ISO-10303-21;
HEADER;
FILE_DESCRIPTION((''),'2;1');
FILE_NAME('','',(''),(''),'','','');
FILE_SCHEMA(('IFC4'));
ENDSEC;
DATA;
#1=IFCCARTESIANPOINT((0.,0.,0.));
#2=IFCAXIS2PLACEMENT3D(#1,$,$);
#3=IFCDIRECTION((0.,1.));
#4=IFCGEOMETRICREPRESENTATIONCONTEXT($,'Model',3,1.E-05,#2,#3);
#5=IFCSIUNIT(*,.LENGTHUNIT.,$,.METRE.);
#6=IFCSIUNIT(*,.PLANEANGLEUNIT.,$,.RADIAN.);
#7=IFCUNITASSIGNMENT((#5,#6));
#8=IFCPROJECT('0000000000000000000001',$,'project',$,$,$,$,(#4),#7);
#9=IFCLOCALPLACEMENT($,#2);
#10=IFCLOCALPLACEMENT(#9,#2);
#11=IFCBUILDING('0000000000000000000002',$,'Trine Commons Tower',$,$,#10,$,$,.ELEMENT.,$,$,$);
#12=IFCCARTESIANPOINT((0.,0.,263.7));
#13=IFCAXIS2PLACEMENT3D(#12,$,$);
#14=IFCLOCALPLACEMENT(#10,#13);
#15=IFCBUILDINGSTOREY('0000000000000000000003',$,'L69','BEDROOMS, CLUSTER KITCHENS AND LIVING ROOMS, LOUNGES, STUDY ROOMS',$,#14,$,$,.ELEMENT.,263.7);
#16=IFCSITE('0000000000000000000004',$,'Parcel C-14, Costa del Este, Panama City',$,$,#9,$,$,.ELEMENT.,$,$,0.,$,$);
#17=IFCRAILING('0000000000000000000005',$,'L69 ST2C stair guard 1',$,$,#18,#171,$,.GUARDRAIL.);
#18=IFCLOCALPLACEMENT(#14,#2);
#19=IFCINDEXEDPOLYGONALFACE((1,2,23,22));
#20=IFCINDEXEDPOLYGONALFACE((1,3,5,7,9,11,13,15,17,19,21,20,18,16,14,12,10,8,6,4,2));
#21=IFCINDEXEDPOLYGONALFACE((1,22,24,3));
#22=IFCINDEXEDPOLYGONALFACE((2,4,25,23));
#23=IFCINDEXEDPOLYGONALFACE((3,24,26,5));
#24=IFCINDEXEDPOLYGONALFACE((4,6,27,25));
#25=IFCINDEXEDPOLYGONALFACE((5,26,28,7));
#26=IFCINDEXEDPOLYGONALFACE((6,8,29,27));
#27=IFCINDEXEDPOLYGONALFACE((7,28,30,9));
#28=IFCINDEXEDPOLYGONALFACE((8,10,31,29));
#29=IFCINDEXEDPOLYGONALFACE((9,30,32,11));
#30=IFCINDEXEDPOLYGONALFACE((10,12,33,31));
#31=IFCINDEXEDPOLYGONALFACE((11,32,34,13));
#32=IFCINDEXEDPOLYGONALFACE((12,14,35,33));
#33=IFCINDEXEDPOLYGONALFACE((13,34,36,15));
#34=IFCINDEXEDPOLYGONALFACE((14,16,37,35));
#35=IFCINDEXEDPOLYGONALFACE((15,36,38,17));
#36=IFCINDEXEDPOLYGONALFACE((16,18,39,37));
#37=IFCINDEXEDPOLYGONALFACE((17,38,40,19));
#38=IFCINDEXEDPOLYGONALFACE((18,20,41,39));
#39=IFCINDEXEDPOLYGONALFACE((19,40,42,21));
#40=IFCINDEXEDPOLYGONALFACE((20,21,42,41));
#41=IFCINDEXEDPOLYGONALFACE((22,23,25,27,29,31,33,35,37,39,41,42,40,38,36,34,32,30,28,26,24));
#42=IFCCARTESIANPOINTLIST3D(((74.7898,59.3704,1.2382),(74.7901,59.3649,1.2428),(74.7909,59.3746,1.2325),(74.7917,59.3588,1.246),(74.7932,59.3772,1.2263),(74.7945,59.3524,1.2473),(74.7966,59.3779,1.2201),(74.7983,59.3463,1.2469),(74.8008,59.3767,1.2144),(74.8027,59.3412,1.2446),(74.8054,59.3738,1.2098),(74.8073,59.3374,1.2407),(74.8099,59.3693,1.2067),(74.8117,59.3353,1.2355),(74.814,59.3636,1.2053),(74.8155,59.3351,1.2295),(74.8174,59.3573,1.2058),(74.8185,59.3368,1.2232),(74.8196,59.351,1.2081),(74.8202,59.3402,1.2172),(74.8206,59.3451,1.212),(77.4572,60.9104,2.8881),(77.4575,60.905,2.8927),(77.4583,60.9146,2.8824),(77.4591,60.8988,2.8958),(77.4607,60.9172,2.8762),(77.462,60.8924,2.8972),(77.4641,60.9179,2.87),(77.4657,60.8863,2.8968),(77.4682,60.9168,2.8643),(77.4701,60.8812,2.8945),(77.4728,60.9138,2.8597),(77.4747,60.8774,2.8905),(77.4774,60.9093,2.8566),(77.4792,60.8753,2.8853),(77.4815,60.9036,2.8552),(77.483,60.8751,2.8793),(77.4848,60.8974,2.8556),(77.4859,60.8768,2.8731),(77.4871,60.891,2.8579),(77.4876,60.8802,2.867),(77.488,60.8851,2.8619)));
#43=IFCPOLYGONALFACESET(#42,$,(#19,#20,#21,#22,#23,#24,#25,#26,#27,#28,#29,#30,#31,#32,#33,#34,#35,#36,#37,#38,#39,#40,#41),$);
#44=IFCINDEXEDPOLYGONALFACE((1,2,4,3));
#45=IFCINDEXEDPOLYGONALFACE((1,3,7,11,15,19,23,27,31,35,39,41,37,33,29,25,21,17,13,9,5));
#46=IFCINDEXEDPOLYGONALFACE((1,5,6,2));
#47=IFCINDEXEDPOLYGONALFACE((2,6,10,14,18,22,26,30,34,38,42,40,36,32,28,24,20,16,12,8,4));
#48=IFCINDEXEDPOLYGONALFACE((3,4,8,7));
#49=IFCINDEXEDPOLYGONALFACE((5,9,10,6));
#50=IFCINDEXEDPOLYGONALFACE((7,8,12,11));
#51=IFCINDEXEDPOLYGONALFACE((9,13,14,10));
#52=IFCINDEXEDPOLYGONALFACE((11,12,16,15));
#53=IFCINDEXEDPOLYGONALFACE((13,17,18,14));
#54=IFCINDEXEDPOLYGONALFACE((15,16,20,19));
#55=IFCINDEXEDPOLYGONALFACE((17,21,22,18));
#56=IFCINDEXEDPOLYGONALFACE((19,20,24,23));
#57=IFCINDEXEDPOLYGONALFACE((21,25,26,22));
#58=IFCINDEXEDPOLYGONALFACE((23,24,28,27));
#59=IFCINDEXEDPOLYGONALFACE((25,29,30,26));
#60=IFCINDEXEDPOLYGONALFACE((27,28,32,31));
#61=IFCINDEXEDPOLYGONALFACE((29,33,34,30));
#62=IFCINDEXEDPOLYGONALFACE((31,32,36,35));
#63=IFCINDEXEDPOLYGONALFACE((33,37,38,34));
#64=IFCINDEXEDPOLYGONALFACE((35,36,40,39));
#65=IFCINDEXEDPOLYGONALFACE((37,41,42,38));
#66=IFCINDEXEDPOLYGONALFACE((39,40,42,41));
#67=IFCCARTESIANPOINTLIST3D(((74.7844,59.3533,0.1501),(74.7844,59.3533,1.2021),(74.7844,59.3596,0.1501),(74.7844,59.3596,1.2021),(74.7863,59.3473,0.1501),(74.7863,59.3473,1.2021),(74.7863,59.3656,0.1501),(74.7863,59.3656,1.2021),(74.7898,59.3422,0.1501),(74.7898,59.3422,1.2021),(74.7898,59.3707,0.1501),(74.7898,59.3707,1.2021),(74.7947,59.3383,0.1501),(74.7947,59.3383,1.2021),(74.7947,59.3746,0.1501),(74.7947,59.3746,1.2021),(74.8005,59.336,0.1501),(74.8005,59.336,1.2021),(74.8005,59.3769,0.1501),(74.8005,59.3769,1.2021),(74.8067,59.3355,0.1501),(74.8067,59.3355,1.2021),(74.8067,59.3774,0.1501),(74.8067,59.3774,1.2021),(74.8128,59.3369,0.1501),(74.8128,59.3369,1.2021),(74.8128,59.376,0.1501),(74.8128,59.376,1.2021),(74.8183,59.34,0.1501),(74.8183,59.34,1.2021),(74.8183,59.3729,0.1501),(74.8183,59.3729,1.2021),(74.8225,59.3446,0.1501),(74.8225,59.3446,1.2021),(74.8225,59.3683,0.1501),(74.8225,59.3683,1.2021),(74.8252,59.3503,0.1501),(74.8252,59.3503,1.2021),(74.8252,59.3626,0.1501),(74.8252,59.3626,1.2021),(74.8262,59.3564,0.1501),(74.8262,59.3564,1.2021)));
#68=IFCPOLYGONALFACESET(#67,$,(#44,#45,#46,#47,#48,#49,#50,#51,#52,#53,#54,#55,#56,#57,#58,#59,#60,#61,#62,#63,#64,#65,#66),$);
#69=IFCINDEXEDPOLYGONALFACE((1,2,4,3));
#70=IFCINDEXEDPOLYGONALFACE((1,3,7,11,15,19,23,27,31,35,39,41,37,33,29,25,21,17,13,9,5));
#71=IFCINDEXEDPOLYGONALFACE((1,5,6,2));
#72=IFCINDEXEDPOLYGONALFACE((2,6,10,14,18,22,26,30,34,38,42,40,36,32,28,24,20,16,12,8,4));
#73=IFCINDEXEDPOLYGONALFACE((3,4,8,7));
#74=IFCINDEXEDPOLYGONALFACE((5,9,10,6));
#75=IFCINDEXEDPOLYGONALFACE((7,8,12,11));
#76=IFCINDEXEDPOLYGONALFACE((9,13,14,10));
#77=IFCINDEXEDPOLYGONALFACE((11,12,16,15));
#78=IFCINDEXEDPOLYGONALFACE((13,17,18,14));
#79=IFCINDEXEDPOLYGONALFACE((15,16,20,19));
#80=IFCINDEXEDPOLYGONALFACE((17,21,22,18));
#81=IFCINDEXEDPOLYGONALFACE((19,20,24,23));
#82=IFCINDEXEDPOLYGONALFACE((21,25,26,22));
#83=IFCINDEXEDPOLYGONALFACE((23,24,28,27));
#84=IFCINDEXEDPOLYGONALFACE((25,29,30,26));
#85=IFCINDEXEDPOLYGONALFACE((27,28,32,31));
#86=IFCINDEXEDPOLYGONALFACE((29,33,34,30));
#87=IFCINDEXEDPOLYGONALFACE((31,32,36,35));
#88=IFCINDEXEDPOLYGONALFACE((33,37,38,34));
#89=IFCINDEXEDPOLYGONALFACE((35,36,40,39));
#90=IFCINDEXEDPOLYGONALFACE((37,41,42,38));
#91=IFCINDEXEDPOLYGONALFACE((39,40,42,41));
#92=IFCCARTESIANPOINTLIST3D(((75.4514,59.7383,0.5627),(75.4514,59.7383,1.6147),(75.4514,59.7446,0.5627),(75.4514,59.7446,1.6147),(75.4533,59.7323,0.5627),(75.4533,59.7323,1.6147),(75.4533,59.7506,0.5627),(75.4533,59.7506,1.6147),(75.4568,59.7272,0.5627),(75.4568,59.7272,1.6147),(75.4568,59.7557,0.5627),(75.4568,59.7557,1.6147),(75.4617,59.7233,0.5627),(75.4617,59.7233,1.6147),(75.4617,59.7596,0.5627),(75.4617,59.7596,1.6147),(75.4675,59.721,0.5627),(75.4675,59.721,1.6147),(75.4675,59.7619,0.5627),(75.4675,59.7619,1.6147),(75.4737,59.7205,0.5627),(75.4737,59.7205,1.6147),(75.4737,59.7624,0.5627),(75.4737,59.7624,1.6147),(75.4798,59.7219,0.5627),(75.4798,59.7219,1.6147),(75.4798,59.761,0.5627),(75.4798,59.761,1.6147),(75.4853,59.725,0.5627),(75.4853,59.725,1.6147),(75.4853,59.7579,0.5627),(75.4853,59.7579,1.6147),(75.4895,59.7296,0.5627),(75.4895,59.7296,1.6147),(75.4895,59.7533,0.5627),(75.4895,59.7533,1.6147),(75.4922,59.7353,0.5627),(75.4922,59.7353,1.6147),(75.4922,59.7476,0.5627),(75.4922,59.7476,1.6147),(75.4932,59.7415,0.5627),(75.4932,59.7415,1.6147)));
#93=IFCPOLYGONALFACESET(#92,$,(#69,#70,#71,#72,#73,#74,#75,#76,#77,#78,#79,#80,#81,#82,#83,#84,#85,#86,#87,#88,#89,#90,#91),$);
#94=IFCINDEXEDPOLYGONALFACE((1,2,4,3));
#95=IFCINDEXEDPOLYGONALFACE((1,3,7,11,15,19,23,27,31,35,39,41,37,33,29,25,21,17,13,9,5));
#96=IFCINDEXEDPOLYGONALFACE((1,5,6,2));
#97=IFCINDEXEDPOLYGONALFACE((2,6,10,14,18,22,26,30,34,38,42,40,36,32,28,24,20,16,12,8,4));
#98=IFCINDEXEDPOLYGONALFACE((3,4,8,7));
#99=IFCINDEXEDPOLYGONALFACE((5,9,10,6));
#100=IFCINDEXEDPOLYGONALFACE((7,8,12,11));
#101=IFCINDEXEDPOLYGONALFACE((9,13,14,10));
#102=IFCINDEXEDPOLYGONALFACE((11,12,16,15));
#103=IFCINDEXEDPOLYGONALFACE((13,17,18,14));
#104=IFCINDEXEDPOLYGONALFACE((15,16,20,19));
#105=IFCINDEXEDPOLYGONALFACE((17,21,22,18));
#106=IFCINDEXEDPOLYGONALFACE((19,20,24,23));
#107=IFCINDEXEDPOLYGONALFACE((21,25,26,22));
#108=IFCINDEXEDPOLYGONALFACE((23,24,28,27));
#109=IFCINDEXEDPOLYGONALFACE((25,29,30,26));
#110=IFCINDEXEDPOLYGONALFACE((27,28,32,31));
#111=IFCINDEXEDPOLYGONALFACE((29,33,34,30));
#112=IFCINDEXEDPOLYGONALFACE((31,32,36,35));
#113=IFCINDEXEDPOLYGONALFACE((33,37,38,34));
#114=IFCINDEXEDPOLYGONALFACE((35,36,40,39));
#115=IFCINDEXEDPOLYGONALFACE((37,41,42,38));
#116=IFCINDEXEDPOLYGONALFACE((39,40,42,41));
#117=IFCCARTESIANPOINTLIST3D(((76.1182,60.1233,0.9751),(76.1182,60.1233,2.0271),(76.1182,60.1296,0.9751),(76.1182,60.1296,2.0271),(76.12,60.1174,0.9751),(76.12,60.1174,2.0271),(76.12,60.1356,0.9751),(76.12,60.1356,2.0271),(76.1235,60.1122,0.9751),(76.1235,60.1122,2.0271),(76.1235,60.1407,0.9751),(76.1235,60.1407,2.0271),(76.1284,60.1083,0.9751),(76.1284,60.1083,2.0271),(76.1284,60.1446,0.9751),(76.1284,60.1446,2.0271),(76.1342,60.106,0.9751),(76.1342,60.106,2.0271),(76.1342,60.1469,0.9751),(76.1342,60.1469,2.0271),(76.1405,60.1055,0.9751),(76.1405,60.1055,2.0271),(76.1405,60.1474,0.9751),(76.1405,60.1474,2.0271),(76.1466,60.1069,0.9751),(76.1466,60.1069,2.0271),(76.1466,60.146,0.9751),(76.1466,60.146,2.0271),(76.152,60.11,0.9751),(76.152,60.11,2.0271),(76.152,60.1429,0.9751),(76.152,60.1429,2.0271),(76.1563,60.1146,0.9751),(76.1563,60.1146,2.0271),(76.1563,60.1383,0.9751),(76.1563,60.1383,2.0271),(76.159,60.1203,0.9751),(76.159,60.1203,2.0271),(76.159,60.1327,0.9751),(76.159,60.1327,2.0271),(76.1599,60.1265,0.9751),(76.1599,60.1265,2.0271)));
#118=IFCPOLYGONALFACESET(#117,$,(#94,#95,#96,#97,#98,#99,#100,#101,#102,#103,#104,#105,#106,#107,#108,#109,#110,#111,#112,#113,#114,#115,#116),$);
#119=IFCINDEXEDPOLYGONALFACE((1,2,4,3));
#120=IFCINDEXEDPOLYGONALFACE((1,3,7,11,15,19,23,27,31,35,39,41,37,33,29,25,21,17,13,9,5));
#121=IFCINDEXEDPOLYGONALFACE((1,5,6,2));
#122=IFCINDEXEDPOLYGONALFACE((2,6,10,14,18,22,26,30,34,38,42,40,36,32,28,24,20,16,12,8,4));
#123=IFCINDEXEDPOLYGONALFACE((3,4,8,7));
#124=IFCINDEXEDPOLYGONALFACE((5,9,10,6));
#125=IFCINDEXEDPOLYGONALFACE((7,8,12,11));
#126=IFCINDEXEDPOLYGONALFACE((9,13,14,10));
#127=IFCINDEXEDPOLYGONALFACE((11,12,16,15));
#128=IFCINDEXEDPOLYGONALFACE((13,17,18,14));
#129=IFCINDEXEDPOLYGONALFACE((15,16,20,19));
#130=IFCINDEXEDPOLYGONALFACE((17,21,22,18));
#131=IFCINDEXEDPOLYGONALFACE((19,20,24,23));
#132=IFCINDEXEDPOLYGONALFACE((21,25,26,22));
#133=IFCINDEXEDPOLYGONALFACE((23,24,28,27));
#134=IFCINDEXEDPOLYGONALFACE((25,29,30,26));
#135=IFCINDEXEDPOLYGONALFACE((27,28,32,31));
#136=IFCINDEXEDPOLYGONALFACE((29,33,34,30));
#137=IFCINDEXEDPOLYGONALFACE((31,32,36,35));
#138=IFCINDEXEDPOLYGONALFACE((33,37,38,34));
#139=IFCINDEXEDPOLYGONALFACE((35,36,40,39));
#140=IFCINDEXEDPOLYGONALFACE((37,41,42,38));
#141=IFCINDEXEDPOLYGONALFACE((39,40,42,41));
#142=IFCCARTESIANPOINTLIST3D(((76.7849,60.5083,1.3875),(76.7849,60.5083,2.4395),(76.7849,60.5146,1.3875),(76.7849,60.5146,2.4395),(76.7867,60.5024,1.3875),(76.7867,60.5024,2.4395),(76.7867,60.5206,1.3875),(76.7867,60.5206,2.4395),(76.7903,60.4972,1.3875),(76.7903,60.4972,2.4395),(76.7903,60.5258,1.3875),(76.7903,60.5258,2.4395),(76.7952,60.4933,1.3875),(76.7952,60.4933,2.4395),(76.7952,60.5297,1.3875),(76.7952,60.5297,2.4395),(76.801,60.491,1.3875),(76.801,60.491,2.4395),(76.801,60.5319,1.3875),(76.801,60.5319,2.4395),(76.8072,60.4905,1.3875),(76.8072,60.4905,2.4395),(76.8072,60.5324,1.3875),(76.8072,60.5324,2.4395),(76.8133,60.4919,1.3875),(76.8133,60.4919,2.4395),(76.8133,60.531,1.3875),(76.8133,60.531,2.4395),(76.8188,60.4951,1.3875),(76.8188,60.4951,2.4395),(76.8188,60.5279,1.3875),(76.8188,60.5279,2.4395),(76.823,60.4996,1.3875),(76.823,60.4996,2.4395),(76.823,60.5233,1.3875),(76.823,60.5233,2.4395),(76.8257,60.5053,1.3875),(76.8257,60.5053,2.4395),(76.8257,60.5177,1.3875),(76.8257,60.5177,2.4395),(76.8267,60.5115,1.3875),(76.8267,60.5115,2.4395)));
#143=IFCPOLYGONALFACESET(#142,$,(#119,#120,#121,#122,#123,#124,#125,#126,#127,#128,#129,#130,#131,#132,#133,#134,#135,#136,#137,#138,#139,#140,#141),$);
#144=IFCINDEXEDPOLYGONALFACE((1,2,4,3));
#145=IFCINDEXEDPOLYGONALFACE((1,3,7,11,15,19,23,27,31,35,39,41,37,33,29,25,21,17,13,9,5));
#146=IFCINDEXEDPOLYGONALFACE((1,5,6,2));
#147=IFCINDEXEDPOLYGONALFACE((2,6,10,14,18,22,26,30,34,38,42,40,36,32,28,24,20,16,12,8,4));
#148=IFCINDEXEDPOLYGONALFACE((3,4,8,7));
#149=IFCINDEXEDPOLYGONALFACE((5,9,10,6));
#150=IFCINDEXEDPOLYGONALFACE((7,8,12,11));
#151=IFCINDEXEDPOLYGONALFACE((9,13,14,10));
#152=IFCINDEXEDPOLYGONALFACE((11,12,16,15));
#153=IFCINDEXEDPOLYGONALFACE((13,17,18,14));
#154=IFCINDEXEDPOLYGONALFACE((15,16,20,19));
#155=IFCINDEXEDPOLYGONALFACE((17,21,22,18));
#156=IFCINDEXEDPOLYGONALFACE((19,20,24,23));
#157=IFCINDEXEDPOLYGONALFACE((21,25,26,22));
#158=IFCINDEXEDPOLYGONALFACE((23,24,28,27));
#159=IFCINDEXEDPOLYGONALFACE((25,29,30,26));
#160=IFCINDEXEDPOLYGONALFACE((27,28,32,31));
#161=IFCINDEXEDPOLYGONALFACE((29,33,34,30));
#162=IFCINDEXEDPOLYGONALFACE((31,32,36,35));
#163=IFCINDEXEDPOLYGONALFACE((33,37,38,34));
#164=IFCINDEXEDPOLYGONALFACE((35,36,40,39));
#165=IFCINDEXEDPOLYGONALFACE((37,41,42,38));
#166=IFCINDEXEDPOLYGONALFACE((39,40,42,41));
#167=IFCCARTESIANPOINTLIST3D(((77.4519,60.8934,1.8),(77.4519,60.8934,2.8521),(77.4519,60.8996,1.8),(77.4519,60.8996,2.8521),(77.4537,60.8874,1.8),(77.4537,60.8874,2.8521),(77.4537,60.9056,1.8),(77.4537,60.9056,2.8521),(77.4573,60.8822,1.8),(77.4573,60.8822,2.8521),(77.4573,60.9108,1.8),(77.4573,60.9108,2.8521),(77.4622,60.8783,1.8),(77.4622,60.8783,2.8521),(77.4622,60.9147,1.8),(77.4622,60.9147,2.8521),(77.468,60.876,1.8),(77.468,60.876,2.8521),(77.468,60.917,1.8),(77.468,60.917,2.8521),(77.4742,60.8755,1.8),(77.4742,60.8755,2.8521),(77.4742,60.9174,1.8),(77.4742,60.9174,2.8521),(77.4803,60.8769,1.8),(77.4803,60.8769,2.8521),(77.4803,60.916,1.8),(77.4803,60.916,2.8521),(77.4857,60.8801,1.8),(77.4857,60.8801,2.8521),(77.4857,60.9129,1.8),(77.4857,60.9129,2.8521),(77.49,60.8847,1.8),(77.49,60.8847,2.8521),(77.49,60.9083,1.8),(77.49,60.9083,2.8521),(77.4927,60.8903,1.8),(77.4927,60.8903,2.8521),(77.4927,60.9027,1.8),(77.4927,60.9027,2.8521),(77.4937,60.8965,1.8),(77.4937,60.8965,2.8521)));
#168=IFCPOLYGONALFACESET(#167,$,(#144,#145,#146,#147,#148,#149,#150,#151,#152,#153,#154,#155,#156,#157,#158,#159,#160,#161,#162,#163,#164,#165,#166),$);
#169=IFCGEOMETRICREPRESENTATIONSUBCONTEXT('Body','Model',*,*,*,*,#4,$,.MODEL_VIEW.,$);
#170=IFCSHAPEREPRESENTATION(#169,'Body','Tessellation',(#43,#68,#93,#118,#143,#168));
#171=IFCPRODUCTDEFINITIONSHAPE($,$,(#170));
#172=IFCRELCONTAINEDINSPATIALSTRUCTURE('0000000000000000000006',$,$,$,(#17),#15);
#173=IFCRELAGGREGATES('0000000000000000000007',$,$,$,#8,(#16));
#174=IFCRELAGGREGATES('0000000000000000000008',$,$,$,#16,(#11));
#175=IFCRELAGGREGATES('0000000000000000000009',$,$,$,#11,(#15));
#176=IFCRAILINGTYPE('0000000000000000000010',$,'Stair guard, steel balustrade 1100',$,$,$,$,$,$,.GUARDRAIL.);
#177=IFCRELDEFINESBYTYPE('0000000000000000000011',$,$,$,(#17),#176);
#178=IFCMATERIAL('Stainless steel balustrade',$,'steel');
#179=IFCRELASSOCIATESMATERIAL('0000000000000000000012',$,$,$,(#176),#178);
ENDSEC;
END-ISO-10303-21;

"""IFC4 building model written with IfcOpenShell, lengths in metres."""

from ifc_helpers import new_model, si_unit, direction, frame, origin, origin_2d, place, context, subcontext, project, spatial, circle, extrude, material, type_object, element, save


model = new_model("IFC4")

# Units and contexts
model_context = context("Model", 3, precision=1e-05, world=origin(), true_north=direction((0.0, 1.0)))
body_context = subcontext(model_context, "Body", "Model", "MODEL_VIEW")
ifc_project = project(units=[si_unit("LENGTHUNIT", "METRE"), si_unit("PLANEANGLEUNIT", "RADIAN")], contexts=[model_context])

# Site, building, storey
site_placement = place(None, origin())
site = spatial("IfcSite", under=ifc_project, at=site_placement, Name="Parcel C-14, Costa del Este, Panama City", CompositionType="ELEMENT", RefElevation=0.0)
building_placement = place(site_placement, origin())
building = spatial("IfcBuilding", under=site, at=building_placement, Name="Trine Commons Tower", CompositionType="ELEMENT")
storey_placement = place(building_placement, frame((0.0, 0.0, 263.7)))
storey = spatial("IfcBuildingStorey", under=building, at=storey_placement, Name="L69", Description="BEDROOMS, CLUSTER KITCHENS AND LIVING ROOMS, LOUNGES, STUDY ROOMS", CompositionType="ELEMENT", Elevation=263.7)

# Railing
ifc_material_1 = material(Name="Stainless steel balustrade", Category="steel")
railing_type_1 = type_object("IfcRailingType", Name="Stair guard, steel balustrade 1100", PredefinedType="GUARDRAIL", material=ifc_material_1)
railing_1_placement = place(storey_placement, frame((74.8052, 59.3564, 0.1501)))
element("IfcRailing", 1, at=railing_1_placement, inside=storey, type_object=railing_type_1, Name="L69 ST2C stair guard 1", PredefinedType="GUARDRAIL", context=body_context, shape_type="SweptSolid", body=[
    extrude(circle(Radius=0.0239, at=origin_2d()), frame((0.0, 0.0, 1.0762), z_axis=(0.763405, 0.440743, 0.472185), x_axis=(-0.499992, 0.86603, 0.0)), (0.0, 0.0, 1.0), 3.4941),
    extrude(circle(Radius=0.021, at=origin_2d()), origin(), (0.0, 0.0, 1.0), 1.052),
    extrude(circle(Radius=0.021, at=origin_2d()), frame((0.667, 0.385, 0.4126)), (0.0, 0.0, 1.0), 1.052),
    extrude(circle(Radius=0.021, at=origin_2d()), frame((1.3337, 0.77, 0.825)), (0.0, 0.0, 1.0), 1.052),
    extrude(circle(Radius=0.021, at=origin_2d()), frame((2.0005, 1.155, 1.2373)), (0.0, 0.0, 1.0), 1.052),
    extrude(circle(Radius=0.021, at=origin_2d()), frame((2.6675, 1.54, 1.6499)), (0.0, 0.0, 1.0), 1.052),
])

save(model, "model.ifc")
